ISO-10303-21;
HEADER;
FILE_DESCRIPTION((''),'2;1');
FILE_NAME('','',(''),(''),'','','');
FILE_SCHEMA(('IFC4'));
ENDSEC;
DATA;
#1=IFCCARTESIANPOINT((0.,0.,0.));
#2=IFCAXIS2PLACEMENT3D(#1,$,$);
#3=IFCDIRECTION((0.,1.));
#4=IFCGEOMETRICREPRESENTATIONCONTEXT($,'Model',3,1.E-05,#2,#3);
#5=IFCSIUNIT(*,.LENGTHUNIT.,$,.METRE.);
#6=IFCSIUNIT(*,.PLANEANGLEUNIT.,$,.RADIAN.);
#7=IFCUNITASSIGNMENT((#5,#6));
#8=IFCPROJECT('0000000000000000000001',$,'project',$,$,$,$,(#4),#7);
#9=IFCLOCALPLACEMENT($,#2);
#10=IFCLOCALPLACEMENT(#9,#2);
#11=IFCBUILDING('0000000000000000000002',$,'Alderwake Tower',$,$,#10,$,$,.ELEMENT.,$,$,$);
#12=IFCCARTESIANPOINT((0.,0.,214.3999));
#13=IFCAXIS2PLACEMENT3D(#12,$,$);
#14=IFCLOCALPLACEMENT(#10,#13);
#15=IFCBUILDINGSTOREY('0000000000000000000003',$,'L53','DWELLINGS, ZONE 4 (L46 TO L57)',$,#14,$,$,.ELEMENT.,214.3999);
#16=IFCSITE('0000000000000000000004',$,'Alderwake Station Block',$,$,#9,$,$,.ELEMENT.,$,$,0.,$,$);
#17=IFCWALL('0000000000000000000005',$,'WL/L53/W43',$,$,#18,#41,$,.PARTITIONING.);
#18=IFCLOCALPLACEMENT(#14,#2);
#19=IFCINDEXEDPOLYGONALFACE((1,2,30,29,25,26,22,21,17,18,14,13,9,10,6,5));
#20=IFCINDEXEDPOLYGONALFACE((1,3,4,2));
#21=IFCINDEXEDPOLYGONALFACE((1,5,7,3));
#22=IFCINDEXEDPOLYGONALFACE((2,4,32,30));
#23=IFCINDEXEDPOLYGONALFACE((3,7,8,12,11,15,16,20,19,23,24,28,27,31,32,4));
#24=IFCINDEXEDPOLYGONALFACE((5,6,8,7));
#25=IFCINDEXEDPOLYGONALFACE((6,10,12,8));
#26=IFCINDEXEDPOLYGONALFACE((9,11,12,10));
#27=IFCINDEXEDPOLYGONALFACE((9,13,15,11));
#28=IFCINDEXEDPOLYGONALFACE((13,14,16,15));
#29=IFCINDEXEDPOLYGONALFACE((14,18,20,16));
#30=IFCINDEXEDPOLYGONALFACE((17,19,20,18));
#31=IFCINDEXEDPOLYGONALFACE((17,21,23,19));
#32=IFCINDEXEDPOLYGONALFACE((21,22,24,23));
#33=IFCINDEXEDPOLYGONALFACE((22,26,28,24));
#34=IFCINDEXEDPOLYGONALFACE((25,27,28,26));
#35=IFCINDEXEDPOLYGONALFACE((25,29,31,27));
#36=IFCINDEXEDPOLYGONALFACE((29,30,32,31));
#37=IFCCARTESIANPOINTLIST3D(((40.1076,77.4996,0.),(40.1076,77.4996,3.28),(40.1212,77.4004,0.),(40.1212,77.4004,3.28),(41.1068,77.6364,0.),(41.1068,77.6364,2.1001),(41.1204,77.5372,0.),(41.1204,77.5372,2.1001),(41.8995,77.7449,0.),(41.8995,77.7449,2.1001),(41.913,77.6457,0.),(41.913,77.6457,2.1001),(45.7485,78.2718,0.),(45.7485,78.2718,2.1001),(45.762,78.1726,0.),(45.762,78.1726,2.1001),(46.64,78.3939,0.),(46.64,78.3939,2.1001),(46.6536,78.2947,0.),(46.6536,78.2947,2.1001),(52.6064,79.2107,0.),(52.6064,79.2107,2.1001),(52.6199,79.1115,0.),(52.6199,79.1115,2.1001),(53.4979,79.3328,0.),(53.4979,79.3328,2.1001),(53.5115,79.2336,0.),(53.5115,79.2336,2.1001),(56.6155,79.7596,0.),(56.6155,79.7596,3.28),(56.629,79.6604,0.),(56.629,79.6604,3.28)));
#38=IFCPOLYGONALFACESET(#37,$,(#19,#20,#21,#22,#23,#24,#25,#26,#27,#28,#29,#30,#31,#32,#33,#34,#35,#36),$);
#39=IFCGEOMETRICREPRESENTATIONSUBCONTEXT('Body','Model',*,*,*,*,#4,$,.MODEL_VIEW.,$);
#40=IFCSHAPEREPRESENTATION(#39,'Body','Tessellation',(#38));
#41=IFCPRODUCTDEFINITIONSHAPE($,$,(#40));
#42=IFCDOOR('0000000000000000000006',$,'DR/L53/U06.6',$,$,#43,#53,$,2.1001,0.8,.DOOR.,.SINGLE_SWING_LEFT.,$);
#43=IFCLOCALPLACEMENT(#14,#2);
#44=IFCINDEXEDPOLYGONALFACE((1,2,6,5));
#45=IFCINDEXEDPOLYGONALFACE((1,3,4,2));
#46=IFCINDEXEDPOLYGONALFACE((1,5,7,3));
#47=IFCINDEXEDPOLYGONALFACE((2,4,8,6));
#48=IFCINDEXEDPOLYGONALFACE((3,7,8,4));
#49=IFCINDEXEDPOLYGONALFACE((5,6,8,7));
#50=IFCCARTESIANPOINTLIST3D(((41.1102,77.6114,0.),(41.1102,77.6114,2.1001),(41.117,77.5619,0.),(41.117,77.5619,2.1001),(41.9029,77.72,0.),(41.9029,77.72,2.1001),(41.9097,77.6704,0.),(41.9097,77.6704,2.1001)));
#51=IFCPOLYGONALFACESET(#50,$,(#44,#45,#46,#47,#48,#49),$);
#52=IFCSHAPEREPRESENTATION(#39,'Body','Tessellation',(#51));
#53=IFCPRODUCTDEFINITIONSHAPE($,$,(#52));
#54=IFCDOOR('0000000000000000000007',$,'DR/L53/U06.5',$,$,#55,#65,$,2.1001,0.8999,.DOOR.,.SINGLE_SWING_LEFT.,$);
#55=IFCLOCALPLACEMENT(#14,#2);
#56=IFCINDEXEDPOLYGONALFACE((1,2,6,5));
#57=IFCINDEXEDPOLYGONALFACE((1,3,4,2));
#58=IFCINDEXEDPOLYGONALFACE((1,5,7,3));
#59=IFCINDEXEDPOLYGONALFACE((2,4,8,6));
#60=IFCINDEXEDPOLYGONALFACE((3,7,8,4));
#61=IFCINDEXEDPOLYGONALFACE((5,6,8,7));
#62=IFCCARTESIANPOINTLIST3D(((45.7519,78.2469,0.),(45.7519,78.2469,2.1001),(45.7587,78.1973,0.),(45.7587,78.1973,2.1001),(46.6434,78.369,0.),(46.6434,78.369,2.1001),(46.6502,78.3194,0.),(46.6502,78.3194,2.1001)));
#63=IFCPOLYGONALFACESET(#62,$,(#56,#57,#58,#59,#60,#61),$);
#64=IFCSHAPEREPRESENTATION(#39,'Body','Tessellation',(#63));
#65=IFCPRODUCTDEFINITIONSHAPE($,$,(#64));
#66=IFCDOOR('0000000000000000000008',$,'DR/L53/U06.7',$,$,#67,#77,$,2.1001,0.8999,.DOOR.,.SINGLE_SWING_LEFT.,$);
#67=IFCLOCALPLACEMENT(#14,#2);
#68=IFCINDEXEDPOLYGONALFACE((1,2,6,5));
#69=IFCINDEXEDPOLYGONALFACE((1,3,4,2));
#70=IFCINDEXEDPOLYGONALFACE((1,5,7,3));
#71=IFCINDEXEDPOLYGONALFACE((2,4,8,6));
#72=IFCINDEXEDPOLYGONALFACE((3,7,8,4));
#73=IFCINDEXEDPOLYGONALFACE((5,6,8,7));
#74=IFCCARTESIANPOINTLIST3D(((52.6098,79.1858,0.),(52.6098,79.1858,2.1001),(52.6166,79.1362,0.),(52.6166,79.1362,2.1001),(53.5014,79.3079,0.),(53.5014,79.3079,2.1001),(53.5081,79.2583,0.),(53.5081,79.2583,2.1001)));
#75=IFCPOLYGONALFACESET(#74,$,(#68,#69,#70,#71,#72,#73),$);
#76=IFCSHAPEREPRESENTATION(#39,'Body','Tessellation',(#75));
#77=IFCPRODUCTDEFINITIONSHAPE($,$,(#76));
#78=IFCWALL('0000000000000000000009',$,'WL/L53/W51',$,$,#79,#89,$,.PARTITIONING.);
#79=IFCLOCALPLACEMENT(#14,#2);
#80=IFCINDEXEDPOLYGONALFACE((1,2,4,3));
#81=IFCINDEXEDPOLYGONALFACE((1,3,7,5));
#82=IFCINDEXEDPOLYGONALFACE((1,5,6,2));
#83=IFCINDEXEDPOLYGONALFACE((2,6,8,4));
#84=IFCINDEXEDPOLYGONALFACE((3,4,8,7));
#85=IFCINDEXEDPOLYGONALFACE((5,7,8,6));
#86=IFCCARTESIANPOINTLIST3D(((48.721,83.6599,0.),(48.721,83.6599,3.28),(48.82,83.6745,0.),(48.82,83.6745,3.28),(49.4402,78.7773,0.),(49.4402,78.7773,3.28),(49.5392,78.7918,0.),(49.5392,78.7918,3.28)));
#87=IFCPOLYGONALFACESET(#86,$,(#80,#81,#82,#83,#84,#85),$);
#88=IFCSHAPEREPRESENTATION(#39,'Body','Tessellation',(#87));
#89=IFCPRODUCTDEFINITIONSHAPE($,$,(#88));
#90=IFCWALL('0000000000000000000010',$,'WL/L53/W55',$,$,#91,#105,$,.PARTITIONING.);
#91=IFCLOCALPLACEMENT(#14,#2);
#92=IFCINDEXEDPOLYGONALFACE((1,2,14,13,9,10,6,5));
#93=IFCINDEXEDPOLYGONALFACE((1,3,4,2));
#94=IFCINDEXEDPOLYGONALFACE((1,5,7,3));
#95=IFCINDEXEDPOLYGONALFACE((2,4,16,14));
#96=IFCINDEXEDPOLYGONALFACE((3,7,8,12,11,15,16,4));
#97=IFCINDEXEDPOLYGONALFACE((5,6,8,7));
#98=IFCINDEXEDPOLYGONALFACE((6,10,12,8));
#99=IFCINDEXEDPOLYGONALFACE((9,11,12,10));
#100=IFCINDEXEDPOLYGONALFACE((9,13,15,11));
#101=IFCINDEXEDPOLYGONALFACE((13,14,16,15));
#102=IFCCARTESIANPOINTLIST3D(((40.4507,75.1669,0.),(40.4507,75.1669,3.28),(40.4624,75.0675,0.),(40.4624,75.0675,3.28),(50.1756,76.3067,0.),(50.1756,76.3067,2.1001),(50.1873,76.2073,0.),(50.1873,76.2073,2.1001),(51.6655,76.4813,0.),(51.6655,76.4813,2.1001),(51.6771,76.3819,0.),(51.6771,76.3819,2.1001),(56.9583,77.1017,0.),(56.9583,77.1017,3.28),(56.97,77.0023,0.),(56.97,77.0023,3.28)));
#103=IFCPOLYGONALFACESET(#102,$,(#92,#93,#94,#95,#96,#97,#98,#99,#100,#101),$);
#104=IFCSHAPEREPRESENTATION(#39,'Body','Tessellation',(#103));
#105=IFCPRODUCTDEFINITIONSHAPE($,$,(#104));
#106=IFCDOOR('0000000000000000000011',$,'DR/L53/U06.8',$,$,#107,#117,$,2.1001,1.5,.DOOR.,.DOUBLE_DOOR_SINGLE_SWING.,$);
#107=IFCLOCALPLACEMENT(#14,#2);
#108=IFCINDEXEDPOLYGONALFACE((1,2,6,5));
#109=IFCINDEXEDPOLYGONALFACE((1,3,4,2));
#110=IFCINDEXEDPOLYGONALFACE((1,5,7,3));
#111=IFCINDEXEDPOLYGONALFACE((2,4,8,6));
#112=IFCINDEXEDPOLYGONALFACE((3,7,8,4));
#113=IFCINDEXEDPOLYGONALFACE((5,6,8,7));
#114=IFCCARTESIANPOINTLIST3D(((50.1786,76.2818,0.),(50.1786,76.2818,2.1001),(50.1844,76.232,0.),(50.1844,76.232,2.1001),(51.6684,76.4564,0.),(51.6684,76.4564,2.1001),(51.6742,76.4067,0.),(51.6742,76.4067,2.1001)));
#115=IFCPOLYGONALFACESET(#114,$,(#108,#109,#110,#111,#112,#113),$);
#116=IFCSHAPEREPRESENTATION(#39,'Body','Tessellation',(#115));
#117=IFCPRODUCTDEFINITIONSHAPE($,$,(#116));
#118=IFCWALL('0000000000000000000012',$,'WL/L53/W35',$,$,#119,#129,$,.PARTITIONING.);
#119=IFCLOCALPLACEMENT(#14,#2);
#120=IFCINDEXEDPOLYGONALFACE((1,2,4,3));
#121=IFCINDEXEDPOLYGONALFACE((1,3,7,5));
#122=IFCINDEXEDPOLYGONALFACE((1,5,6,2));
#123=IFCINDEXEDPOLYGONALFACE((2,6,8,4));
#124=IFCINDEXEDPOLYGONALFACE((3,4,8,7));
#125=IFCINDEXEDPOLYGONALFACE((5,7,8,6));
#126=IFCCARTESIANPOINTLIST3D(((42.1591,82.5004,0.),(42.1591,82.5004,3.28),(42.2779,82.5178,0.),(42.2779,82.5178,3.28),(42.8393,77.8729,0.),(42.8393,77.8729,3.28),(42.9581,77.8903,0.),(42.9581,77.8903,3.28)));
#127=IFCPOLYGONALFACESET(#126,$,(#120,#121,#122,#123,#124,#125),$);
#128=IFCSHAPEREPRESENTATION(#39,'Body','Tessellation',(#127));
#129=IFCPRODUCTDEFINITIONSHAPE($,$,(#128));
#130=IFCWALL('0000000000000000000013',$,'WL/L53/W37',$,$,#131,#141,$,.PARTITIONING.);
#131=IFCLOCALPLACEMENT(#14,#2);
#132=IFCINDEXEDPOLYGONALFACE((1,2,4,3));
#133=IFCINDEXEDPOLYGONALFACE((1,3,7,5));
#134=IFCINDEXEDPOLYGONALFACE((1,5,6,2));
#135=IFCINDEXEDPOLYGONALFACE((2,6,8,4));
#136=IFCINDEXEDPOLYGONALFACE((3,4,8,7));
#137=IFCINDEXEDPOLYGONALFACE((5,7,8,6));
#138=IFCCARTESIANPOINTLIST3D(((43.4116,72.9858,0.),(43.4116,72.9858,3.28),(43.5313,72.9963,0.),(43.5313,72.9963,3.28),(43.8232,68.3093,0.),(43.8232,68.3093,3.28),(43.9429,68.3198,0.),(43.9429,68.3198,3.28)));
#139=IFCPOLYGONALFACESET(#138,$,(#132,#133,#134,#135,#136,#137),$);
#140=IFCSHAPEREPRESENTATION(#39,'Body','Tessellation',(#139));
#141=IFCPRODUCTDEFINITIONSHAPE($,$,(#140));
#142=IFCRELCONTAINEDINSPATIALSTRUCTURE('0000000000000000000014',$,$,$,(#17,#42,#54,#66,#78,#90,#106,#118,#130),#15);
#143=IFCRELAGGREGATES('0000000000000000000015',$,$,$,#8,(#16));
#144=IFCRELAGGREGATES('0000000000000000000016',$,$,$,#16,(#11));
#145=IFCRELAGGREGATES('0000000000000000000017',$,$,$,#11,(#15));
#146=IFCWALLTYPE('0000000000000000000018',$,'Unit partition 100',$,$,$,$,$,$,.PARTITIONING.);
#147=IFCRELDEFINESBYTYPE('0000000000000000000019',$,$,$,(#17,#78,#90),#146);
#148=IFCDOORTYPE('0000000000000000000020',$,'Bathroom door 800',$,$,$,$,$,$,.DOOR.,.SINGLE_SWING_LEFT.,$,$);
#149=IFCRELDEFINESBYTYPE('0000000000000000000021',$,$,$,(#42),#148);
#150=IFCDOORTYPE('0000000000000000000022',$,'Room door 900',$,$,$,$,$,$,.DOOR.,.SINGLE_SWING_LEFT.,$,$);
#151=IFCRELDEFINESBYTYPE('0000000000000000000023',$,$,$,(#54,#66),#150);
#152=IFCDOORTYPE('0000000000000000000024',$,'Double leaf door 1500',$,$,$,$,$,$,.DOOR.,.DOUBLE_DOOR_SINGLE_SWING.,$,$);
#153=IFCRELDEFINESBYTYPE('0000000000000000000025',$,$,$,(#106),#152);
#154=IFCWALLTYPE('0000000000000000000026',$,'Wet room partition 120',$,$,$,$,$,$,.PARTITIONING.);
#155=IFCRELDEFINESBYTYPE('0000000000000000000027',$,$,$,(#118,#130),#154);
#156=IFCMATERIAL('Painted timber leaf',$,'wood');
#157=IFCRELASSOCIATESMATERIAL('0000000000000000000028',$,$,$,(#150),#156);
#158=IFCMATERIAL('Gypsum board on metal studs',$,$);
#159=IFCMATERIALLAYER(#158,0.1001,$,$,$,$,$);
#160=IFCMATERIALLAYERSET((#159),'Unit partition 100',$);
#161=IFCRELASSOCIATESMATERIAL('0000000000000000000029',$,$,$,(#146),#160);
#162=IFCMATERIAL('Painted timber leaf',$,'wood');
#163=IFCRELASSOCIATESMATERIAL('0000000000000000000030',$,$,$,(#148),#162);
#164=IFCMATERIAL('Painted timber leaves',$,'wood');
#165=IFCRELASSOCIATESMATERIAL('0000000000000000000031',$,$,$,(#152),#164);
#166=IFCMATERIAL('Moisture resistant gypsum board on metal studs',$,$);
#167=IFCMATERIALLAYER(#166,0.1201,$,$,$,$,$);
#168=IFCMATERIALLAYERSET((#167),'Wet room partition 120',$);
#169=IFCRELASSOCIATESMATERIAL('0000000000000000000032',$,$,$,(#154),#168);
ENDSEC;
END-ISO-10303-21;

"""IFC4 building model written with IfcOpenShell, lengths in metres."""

from ifc_helpers import new_model, si_unit, direction, frame, frame_2d, origin, place, context, subcontext, project, spatial, rectangle, extrude, material, layer, layer_set, type_object, element, fill, save


model = new_model("IFC4")

# Units and contexts
model_context = context("Model", 3, precision=1e-05, world=origin(), true_north=direction((0.0, 1.0)))
body_context = subcontext(model_context, "Body", "Model", "MODEL_VIEW")
ifc_project = project(units=[si_unit("LENGTHUNIT", "METRE"), si_unit("PLANEANGLEUNIT", "RADIAN")], contexts=[model_context])

# Site, building, storey
site_placement = place(None, origin())
site = spatial("IfcSite", under=ifc_project, at=site_placement, Name="Alderwake Station Block", CompositionType="ELEMENT", RefElevation=0.0)
building_placement = place(site_placement, origin())
building = spatial("IfcBuilding", under=site, at=building_placement, Name="Alderwake Tower", CompositionType="ELEMENT")
storey_placement = place(building_placement, frame((0.0, 0.0, 214.3999)))
storey = spatial("IfcBuildingStorey", under=building, at=storey_placement, Name="L53", Description="DWELLINGS, ZONE 4 (L46 TO L57)", CompositionType="ELEMENT", Elevation=214.3999)

# Shared definitions
ifc_material_1 = material(Name="Painted timber leaf", Category="wood")
door_type_1 = type_object("IfcDoorType", Name="Room door 900", OperationType="SINGLE_SWING_LEFT", PredefinedType="DOOR", material=ifc_material_1)

# Wall, openings, doors
ifc_material_2 = material(Name="Gypsum board on metal studs")
ifc_layer_1 = layer(ifc_material_2, 0.1001)
ifc_layer_set_1 = layer_set([ifc_layer_1], Name="Unit partition 100")
wall_type_1 = type_object("IfcWallType", Name="Unit partition 100", PredefinedType="PARTITIONING", material=ifc_layer_set_1)
wall_1_placement = place(storey_placement, frame((40.1143, 77.45, 0.0), z_axis=(0.0, 0.0, 1.0), x_axis=(0.990758, 0.13564, 0.0)))
wall_1 = element("IfcWall", 1, at=wall_1_placement, inside=storey, type_object=wall_type_1, Name="WL/L53/W43", PredefinedType="PARTITIONING", context=body_context, shape_type="SweptSolid", body=[
    extrude(rectangle(XDim=16.6619, YDim=0.1001, at=frame_2d((8.3311, 0.0))), origin(), (0.0, 0.0, 1.0), 3.28),
])
opening_1_placement = place(wall_1_placement, frame((5.6936, 0.0, 0.0)))
opening_1 = element("IfcOpeningElement", 2, at=opening_1_placement, cuts=wall_1, PredefinedType="OPENING", context=body_context, shape_type="SweptSolid", body=[
    extrude(rectangle(XDim=0.8999, YDim=2.1001, at=frame_2d((0.45, 1.05))), frame((0.0, 0.0601, 0.0), z_axis=(0.0, -1.0, 0.0), x_axis=(1.0, 0.0, 0.0)), (0.0, 0.0, 1.0), 0.1201),
])
opening_2_placement = place(wall_1_placement, frame((1.0088, 0.0, 0.0)))
opening_2 = element("IfcOpeningElement", 3, at=opening_2_placement, cuts=wall_1, PredefinedType="OPENING", context=body_context, shape_type="SweptSolid", body=[
    extrude(rectangle(XDim=0.8, YDim=2.1001, at=frame_2d((0.3999, 1.05))), frame((0.0, 0.0601, 0.0), z_axis=(0.0, -1.0, 0.0), x_axis=(1.0, 0.0, 0.0)), (0.0, 0.0, 1.0), 0.1201),
])
opening_3_placement = place(wall_1_placement, frame((12.6155, 0.0, 0.0)))
opening_3 = element("IfcOpeningElement", 4, at=opening_3_placement, cuts=wall_1, PredefinedType="OPENING", context=body_context, shape_type="SweptSolid", body=[
    extrude(rectangle(XDim=0.8999, YDim=2.1001, at=frame_2d((0.45, 1.05))), frame((0.0, 0.0601, 0.0), z_axis=(0.0, -1.0, 0.0), x_axis=(1.0, 0.0, 0.0)), (0.0, 0.0, 1.0), 0.1201),
])
ifc_material_3 = material(Name="Painted timber leaf", Category="wood")
door_type_2 = type_object("IfcDoorType", Name="Bathroom door 800", OperationType="SINGLE_SWING_LEFT", PredefinedType="DOOR", material=ifc_material_3)
door_1_placement = place(opening_2_placement, origin())
door_1 = element("IfcDoor", 5, at=door_1_placement, inside=storey, type_object=door_type_2, Name="DR/L53/U06.6", OperationType="SINGLE_SWING_LEFT", OverallHeight=2.1001, OverallWidth=0.8, PredefinedType="DOOR", context=body_context, shape_type="SweptSolid", body=[
    extrude(rectangle(XDim=0.8, YDim=2.1001, at=frame_2d((0.3999, 1.05))), frame((0.0, 0.0249, 0.0), z_axis=(0.0, -1.0, 0.0), x_axis=(1.0, 0.0, 0.0)), (0.0, 0.0, 1.0), 0.05),
])
fill(opening_2, door_1)
door_2_placement = place(opening_1_placement, origin())
door_2 = element("IfcDoor", 6, at=door_2_placement, inside=storey, type_object=door_type_1, Name="DR/L53/U06.5", OperationType="SINGLE_SWING_LEFT", OverallHeight=2.1001, OverallWidth=0.8999, PredefinedType="DOOR", context=body_context, shape_type="SweptSolid", body=[
    extrude(rectangle(XDim=0.8999, YDim=2.1001, at=frame_2d((0.45, 1.05))), frame((0.0, 0.0249, 0.0), z_axis=(0.0, -1.0, 0.0), x_axis=(1.0, 0.0, 0.0)), (0.0, 0.0, 1.0), 0.05),
])
fill(opening_1, door_2)
door_3_placement = place(opening_3_placement, origin())
door_3 = element("IfcDoor", 7, at=door_3_placement, inside=storey, type_object=door_type_1, Name="DR/L53/U06.7", OperationType="SINGLE_SWING_LEFT", OverallHeight=2.1001, OverallWidth=0.8999, PredefinedType="DOOR", context=body_context, shape_type="SweptSolid", body=[
    extrude(rectangle(XDim=0.8999, YDim=2.1001, at=frame_2d((0.45, 1.05))), frame((0.0, 0.0249, 0.0), z_axis=(0.0, -1.0, 0.0), x_axis=(1.0, 0.0, 0.0)), (0.0, 0.0, 1.0), 0.05),
])
fill(opening_3, door_3)

# Wall
wall_2_placement = place(storey_placement, frame((49.4897, 78.7844, 0.0), z_axis=(0.0, 0.0, 1.0), x_axis=(-0.145735, 0.989324, 0.0)))
element("IfcWall", 8, at=wall_2_placement, inside=storey, type_object=wall_type_1, Name="WL/L53/W51", PredefinedType="PARTITIONING", context=body_context, shape_type="SweptSolid", body=[
    extrude(rectangle(XDim=4.9353, YDim=0.1001, at=frame_2d((2.4678, 0.0))), origin(), (0.0, 0.0, 1.0), 3.28),
])

# Wall, opening, door
wall_3_placement = place(storey_placement, frame((40.4565, 75.1172, 0.0), z_axis=(0.0, 0.0, 1.0), x_axis=(0.993201, 0.116411, 0.0)))
wall_3 = element("IfcWall", 9, at=wall_3_placement, inside=storey, type_object=wall_type_1, Name="WL/L53/W55", PredefinedType="PARTITIONING", context=body_context, shape_type="SweptSolid", body=[
    extrude(rectangle(XDim=16.6206, YDim=0.1001, at=frame_2d((8.3103, 0.0))), origin(), (0.0, 0.0, 1.0), 3.28),
])
opening_4_placement = place(wall_3_placement, frame((9.7915, 0.0, 0.0)))
opening_4 = element("IfcOpeningElement", 10, at=opening_4_placement, cuts=wall_3, PredefinedType="OPENING", context=body_context, shape_type="SweptSolid", body=[
    extrude(rectangle(XDim=1.5, YDim=2.1001, at=frame_2d((0.75, 1.05))), frame((0.0, 0.0601, 0.0), z_axis=(0.0, -1.0, 0.0), x_axis=(1.0, 0.0, 0.0)), (0.0, 0.0, 1.0), 0.1201),
])
ifc_material_4 = material(Name="Painted timber leaves", Category="wood")
door_type_3 = type_object("IfcDoorType", Name="Double leaf door 1500", OperationType="DOUBLE_DOOR_SINGLE_SWING", PredefinedType="DOOR", material=ifc_material_4)
door_4_placement = place(opening_4_placement, origin())
door_4 = element("IfcDoor", 11, at=door_4_placement, inside=storey, type_object=door_type_3, Name="DR/L53/U06.8", OperationType="DOUBLE_DOOR_SINGLE_SWING", OverallHeight=2.1001, OverallWidth=1.5, PredefinedType="DOOR", context=body_context, shape_type="SweptSolid", body=[
    extrude(rectangle(XDim=1.5, YDim=2.1001, at=frame_2d((0.75, 1.05))), frame((0.0, 0.0249, 0.0), z_axis=(0.0, -1.0, 0.0), x_axis=(1.0, 0.0, 0.0)), (0.0, 0.0, 1.0), 0.05),
])
fill(opening_4, door_4)

# Walls
ifc_material_5 = material(Name="Moisture resistant gypsum board on metal studs")
ifc_layer_2 = layer(ifc_material_5, 0.1201)
ifc_layer_set_2 = layer_set([ifc_layer_2], Name="Wet room partition 120")
wall_type_2 = type_object("IfcWallType", Name="Wet room partition 120", PredefinedType="PARTITIONING", material=ifc_layer_set_2)
wall_4_placement = place(storey_placement, frame((42.8987, 77.8816, 0.0), z_axis=(0.0, 0.0, 1.0), x_axis=(-0.145425, 0.989369, 0.0)))
element("IfcWall", 12, at=wall_4_placement, inside=storey, type_object=wall_type_2, Name="WL/L53/W35", PredefinedType="PARTITIONING", context=body_context, shape_type="SweptSolid", body=[
    extrude(rectangle(XDim=4.6772, YDim=0.1201, at=frame_2d((2.3386, 0.0))), origin(), (0.0, 0.0, 1.0), 3.28),
])
wall_5_placement = place(storey_placement, frame((43.8831, 68.3147, 0.0), z_axis=(0.0, 0.0, 1.0), x_axis=(-0.08768, 0.996149, 0.0)))
element("IfcWall", 13, at=wall_5_placement, inside=storey, type_object=wall_type_2, Name="WL/L53/W37", PredefinedType="PARTITIONING", context=body_context, shape_type="SweptSolid", body=[
    extrude(rectangle(XDim=4.6946, YDim=0.1201, at=frame_2d((2.3472, 0.0))), origin(), (0.0, 0.0, 1.0), 3.28),
])

save(model, "model.ifc")
